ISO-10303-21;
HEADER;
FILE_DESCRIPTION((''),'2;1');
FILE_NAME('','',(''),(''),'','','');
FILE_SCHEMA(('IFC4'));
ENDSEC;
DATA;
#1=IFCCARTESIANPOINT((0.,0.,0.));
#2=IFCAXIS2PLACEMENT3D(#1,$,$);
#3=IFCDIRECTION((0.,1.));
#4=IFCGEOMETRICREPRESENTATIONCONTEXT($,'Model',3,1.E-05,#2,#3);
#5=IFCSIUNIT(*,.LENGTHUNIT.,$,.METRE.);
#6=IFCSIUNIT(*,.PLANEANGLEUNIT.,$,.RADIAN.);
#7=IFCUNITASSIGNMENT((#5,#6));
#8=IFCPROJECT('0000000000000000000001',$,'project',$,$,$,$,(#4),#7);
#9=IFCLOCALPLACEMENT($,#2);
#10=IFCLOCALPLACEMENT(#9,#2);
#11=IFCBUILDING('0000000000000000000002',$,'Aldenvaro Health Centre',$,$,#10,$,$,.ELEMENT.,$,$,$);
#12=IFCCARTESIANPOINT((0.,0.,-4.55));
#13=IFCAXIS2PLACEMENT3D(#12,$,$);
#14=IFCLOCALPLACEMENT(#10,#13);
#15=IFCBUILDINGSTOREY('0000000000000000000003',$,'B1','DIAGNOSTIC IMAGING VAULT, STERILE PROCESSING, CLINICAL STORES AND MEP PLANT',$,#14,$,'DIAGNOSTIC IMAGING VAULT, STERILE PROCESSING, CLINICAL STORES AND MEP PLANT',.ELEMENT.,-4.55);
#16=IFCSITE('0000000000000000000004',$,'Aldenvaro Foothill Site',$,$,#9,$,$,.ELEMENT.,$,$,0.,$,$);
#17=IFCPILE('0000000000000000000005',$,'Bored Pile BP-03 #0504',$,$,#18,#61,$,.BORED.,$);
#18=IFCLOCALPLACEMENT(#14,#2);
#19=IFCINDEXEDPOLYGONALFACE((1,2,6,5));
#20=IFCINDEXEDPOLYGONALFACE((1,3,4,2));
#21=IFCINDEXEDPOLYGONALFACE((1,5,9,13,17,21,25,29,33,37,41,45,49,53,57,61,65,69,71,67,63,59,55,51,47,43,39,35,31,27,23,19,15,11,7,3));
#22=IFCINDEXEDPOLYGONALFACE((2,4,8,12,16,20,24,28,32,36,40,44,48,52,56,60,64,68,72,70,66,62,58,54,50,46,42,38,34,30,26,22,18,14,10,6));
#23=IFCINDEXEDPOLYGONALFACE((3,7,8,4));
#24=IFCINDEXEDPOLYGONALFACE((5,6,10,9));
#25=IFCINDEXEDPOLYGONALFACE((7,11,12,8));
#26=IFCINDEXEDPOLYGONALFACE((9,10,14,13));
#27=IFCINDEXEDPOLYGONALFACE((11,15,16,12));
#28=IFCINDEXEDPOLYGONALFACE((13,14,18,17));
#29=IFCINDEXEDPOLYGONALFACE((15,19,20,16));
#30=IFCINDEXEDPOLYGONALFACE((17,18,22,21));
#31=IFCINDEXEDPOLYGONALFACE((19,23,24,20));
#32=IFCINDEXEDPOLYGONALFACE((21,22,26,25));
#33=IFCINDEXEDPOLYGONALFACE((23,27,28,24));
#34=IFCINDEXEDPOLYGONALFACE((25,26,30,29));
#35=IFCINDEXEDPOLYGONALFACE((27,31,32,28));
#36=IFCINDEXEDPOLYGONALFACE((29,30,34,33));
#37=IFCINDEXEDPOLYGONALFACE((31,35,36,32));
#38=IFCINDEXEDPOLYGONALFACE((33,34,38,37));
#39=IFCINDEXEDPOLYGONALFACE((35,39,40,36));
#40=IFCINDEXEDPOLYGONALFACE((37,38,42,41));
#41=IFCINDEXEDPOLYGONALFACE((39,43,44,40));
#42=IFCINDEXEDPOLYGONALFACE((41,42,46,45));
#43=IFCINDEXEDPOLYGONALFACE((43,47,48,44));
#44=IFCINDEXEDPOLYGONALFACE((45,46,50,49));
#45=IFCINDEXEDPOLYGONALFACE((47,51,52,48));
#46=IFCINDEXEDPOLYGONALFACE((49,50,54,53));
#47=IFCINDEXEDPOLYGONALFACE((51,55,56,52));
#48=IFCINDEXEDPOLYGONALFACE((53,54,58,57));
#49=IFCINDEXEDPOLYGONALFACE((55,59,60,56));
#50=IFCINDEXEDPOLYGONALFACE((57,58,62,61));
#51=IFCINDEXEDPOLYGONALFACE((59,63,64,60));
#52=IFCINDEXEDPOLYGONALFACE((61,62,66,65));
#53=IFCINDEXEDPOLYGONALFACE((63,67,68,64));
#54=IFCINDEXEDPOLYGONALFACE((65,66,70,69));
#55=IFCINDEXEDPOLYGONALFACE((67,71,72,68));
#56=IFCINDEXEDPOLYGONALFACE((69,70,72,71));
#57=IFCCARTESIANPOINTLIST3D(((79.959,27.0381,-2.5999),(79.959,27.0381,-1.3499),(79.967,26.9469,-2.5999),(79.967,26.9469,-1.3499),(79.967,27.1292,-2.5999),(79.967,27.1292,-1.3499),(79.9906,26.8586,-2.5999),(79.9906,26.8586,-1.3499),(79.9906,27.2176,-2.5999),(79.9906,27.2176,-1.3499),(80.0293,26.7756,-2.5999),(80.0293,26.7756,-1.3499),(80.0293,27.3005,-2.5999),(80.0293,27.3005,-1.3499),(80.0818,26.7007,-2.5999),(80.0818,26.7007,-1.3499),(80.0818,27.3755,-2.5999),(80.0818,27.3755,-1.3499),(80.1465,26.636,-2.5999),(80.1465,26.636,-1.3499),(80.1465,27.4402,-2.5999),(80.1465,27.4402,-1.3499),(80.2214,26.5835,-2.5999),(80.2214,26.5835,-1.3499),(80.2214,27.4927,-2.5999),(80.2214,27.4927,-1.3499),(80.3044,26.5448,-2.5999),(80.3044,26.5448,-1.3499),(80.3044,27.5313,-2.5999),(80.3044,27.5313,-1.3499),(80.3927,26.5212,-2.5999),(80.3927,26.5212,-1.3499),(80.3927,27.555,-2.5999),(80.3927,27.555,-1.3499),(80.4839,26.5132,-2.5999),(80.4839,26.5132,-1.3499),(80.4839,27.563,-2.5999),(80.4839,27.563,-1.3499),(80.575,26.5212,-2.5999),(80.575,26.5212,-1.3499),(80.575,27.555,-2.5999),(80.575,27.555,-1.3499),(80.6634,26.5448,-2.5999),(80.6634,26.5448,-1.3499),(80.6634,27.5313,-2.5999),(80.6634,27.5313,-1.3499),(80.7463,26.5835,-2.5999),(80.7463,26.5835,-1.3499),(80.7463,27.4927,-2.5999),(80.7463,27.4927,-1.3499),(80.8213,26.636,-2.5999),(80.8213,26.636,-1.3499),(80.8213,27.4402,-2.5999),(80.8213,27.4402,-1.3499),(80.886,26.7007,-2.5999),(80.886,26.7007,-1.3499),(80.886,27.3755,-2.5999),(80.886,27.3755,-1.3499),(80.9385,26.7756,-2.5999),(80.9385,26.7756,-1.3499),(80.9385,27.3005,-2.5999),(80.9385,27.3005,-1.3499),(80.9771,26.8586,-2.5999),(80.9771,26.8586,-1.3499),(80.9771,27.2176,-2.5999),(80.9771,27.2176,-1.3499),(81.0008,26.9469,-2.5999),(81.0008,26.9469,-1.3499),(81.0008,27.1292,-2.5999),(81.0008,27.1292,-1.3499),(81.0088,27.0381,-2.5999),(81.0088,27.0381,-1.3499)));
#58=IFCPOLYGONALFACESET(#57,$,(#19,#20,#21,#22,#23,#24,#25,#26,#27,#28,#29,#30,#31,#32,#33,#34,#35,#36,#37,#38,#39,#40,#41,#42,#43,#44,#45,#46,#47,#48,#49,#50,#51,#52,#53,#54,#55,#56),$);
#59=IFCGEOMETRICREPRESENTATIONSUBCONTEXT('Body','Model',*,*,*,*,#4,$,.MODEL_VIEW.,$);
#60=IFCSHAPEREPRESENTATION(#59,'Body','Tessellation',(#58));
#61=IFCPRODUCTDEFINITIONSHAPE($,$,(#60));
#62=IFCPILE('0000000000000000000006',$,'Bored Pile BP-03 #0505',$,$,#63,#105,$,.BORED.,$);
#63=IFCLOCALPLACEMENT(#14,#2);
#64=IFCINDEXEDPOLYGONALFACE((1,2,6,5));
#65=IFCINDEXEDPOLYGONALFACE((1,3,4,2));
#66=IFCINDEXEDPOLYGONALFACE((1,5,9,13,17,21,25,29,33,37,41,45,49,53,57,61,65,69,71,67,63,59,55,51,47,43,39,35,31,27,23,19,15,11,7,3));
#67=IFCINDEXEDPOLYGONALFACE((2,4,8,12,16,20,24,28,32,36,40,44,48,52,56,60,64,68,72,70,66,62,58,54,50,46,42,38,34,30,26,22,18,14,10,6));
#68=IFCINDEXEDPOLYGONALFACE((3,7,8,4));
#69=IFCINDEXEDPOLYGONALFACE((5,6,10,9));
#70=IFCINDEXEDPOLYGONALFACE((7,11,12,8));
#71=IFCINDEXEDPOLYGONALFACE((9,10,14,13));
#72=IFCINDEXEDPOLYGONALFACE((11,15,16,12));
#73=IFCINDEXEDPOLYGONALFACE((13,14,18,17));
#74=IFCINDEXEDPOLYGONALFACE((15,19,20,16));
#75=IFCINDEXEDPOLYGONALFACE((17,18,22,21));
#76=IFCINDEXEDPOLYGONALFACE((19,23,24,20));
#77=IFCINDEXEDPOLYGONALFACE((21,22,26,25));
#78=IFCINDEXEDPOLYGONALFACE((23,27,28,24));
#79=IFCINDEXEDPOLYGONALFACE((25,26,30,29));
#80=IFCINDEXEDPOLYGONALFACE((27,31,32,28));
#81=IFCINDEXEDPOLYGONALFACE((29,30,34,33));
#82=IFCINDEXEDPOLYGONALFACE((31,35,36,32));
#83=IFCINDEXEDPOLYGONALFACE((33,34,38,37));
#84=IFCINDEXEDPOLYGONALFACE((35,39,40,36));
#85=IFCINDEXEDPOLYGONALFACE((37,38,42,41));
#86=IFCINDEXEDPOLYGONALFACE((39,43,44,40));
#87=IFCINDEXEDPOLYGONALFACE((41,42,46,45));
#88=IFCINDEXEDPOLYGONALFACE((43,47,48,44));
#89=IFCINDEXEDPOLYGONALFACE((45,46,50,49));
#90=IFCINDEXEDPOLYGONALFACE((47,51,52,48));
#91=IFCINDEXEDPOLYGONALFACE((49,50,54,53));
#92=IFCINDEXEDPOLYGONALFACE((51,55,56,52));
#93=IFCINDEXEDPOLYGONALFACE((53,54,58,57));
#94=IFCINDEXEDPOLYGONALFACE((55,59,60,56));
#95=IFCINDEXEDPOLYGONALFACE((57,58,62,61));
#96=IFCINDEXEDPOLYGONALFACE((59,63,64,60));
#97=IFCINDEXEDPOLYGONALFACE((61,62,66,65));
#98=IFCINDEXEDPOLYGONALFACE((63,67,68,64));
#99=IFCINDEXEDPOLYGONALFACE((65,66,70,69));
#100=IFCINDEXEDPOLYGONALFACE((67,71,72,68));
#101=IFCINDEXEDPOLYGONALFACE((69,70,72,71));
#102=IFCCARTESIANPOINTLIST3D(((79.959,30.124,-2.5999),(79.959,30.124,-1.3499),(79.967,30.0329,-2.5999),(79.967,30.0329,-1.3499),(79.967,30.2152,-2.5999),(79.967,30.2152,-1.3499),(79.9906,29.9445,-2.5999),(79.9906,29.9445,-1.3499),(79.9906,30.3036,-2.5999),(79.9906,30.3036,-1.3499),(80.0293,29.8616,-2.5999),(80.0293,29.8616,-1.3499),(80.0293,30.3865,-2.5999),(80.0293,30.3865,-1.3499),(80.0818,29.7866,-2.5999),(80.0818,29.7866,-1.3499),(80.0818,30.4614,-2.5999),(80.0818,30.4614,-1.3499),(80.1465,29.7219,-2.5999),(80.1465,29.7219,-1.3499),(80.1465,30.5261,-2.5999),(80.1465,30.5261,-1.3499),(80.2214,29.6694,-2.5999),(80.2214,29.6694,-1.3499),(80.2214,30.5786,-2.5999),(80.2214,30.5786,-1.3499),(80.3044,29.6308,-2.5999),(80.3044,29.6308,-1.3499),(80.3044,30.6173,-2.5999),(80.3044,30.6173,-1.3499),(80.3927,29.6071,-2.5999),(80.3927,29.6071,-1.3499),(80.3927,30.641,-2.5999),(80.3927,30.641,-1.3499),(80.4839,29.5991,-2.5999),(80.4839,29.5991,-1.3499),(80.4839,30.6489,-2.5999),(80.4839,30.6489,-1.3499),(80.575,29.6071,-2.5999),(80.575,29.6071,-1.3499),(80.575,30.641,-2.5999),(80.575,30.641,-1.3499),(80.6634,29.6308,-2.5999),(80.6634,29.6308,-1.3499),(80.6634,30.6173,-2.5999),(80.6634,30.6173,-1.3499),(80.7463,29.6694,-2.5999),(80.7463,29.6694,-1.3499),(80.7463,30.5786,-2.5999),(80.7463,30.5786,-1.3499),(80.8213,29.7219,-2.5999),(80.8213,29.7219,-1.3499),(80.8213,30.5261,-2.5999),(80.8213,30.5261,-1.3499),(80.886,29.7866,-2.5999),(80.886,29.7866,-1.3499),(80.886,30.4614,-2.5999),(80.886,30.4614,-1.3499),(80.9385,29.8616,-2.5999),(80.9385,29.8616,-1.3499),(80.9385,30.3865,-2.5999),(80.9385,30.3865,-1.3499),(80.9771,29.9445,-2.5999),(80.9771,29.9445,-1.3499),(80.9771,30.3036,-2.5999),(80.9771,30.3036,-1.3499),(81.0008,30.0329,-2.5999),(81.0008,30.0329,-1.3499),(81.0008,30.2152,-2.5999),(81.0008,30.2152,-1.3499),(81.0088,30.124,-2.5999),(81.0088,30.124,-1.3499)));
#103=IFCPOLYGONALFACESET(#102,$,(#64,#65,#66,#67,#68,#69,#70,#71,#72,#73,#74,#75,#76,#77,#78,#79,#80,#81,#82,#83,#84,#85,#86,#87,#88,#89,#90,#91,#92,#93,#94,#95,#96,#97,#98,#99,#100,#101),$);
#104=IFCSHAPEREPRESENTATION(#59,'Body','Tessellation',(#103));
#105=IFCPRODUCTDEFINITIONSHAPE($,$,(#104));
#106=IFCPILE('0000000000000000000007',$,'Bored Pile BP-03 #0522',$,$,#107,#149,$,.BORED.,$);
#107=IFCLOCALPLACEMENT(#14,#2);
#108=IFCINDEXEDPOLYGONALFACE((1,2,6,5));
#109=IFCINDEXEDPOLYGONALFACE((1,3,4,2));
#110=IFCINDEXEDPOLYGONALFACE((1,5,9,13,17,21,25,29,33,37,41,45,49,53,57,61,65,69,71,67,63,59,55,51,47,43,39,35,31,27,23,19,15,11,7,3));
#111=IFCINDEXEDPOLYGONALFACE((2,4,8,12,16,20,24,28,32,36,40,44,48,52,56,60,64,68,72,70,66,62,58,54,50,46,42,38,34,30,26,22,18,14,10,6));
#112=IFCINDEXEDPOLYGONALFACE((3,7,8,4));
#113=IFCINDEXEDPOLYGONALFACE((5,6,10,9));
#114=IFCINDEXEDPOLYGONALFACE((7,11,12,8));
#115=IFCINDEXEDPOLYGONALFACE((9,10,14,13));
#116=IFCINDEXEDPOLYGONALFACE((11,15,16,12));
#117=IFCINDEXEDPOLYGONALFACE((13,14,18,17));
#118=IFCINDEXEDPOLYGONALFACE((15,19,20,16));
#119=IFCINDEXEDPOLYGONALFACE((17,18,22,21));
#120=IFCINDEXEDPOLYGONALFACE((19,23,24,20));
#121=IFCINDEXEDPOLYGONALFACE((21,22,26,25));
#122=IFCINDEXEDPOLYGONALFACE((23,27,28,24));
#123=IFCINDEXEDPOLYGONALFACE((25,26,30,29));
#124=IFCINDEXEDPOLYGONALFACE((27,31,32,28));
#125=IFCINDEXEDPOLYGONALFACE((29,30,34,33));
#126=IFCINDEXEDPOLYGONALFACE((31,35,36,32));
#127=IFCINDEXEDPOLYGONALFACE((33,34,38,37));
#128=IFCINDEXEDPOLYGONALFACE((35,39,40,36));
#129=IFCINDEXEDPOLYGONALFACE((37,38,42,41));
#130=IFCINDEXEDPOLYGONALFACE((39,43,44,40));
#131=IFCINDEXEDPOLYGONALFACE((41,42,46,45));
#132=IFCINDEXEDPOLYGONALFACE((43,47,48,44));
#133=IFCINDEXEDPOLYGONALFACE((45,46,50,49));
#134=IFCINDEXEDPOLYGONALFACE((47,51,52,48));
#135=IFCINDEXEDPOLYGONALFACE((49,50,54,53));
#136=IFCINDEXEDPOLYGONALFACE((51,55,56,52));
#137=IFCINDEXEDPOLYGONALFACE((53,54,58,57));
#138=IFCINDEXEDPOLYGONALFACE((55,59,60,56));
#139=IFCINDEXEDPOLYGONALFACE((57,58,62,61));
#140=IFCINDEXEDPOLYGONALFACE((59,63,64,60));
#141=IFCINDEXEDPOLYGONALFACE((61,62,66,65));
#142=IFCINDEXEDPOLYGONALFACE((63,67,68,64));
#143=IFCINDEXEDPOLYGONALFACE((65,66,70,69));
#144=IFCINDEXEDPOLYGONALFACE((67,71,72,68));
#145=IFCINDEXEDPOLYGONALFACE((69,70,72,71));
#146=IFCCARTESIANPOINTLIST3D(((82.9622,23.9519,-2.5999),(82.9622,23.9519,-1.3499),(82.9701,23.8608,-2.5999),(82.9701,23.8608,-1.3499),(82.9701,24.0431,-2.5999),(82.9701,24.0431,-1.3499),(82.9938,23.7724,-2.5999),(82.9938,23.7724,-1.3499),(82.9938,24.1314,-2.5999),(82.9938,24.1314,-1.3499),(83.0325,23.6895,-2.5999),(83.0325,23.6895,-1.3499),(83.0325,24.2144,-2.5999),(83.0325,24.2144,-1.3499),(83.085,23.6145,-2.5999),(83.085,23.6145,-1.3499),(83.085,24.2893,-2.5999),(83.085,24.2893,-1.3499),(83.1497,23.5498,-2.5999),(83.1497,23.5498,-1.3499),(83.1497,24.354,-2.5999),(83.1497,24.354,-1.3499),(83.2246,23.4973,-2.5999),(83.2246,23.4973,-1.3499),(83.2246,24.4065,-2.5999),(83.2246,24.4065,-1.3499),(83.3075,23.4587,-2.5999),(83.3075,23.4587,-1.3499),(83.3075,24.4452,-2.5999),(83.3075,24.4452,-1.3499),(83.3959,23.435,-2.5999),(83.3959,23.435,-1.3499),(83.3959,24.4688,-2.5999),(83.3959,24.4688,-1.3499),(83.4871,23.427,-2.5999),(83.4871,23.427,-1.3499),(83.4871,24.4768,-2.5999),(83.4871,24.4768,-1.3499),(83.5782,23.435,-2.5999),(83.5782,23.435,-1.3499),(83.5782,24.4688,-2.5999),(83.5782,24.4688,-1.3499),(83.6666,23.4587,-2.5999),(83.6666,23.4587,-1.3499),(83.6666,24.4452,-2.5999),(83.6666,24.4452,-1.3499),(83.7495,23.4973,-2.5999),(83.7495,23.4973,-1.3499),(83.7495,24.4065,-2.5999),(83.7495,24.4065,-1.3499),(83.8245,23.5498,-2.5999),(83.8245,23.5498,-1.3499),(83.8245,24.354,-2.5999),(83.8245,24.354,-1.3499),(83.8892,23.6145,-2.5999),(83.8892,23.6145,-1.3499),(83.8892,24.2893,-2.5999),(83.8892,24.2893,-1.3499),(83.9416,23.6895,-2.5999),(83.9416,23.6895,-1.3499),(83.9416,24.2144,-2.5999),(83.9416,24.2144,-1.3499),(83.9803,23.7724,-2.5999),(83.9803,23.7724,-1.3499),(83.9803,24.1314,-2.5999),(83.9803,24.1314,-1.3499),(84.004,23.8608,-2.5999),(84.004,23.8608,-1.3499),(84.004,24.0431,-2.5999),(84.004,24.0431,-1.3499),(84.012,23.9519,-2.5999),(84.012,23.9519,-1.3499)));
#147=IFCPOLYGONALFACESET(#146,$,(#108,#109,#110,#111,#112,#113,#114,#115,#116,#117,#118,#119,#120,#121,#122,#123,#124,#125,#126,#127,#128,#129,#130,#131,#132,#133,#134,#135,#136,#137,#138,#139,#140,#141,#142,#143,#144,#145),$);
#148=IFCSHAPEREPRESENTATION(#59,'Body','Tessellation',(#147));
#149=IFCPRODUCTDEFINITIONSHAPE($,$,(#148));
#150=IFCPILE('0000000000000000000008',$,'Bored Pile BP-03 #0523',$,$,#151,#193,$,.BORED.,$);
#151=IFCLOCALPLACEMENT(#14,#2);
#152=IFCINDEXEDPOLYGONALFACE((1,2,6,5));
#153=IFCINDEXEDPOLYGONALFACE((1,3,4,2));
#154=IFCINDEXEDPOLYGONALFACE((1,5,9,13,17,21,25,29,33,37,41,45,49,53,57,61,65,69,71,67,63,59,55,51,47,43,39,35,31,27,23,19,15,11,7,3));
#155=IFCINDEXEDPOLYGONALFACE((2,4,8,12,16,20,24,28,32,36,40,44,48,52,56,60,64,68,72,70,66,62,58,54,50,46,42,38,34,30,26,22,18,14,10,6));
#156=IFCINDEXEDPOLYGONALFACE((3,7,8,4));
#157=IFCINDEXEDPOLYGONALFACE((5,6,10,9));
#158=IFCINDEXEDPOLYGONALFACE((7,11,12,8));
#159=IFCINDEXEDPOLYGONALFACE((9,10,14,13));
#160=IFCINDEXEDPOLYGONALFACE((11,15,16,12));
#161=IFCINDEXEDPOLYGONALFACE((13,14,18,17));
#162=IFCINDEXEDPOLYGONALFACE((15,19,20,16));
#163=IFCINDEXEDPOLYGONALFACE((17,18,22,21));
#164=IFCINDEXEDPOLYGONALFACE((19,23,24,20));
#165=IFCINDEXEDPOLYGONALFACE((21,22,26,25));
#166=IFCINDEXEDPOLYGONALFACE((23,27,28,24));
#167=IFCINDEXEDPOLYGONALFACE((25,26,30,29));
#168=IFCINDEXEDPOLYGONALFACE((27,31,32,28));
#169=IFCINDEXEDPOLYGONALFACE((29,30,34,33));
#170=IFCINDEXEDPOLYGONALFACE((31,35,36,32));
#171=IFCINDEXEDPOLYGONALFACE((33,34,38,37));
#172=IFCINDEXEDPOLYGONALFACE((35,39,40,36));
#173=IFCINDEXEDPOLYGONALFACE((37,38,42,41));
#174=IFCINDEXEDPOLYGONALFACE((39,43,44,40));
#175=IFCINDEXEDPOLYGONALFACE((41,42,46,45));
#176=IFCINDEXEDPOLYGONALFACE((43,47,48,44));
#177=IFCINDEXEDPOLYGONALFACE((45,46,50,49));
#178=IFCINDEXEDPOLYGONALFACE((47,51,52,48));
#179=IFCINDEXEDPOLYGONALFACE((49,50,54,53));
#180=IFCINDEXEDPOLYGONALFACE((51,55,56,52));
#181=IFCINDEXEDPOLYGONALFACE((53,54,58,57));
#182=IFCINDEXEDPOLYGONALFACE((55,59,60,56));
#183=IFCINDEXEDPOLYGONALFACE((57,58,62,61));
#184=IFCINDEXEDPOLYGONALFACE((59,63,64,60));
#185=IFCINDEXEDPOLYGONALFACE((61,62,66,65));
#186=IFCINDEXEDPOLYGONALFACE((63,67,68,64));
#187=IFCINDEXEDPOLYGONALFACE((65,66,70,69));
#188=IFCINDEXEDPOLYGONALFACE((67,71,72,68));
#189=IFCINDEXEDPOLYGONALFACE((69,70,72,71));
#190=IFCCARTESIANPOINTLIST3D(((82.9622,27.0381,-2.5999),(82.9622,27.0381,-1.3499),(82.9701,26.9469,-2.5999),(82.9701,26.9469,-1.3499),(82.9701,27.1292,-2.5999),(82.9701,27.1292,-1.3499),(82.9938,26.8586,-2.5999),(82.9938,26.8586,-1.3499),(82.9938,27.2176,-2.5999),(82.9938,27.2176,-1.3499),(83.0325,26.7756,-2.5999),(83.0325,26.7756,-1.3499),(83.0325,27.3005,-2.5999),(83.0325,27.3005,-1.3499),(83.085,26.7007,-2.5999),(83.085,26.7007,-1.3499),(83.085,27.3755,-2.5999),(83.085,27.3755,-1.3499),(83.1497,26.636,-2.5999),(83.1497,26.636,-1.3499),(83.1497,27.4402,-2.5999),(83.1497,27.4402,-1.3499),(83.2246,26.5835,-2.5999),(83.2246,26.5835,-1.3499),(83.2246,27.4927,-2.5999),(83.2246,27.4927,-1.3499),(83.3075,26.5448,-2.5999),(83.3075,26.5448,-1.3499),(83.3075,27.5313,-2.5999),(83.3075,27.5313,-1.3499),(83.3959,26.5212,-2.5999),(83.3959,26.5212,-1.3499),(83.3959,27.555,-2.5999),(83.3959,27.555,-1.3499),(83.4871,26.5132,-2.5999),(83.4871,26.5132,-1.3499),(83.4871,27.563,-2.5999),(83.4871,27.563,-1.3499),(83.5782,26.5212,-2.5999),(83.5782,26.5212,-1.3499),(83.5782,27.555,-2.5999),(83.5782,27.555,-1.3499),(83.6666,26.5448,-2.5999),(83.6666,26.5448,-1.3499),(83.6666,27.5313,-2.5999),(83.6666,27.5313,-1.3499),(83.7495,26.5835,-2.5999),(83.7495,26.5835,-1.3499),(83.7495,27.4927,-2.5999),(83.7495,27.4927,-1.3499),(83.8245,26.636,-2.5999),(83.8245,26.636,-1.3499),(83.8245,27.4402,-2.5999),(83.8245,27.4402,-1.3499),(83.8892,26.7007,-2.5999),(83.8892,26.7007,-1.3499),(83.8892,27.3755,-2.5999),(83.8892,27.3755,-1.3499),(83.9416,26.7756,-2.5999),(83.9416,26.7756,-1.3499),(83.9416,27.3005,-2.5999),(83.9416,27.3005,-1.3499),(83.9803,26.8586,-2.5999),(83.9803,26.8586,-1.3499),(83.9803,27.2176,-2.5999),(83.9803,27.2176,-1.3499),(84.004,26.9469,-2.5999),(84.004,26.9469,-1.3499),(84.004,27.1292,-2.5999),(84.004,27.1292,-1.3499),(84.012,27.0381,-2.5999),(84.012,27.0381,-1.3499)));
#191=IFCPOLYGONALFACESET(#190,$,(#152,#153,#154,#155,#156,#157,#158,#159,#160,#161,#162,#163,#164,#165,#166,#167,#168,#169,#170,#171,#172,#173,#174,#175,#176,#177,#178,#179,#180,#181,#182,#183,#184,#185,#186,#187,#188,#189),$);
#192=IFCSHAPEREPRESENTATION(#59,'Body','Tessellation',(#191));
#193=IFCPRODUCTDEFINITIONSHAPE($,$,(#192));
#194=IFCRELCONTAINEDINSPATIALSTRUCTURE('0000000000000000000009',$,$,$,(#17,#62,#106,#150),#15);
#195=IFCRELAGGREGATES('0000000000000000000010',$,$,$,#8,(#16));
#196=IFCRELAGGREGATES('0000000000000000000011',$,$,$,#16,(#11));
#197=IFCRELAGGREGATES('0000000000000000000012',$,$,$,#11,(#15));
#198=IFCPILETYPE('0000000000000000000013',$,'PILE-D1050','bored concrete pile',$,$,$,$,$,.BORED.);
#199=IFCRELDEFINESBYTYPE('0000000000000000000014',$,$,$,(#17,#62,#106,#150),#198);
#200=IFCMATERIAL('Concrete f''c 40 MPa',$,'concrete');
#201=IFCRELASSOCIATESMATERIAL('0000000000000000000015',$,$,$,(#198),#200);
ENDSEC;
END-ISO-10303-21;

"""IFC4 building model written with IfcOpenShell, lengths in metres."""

from ifc_helpers import new_model, si_unit, direction, frame, origin, origin_2d, place, context, subcontext, project, spatial, circle, extrude, material, material_profile, profile_set, type_object, element, save


model = new_model("IFC4")

# Units and contexts
model_context = context("Model", 3, precision=1e-05, world=origin(), true_north=direction((0.0, 1.0)))
body_context = subcontext(model_context, "Body", "Model", "MODEL_VIEW")
ifc_project = project(units=[si_unit("LENGTHUNIT", "METRE"), si_unit("PLANEANGLEUNIT", "RADIAN")], contexts=[model_context])

# Site, building, storey
site_placement = place(None, origin())
site = spatial("IfcSite", under=ifc_project, at=site_placement, Name="Aldenvaro Foothill Site", CompositionType="ELEMENT", RefElevation=0.0)
building_placement = place(site_placement, origin())
building = spatial("IfcBuilding", under=site, at=building_placement, Name="Aldenvaro Health Centre", CompositionType="ELEMENT")
storey_placement = place(building_placement, frame((0.0, 0.0, -4.55)))
storey = spatial("IfcBuildingStorey", under=building, at=storey_placement, Name="B1", Description="DIAGNOSTIC IMAGING VAULT, STERILE PROCESSING, CLINICAL STORES AND MEP PLANT", LongName="DIAGNOSTIC IMAGING VAULT, STERILE PROCESSING, CLINICAL STORES AND MEP PLANT", CompositionType="ELEMENT", Elevation=-4.55)

# Piles
ifc_material_1 = material(Name="Concrete f'c 40 MPa", Category="concrete")
ifc_material_profile_1 = material_profile(ifc_material_1, circle(Radius=0.5249, at=origin_2d()), Name="PILE D1050", Category="concrete")
ifc_profile_set_1 = profile_set([ifc_material_profile_1], Name="Concrete f'c 40 MPa")
pile_type = type_object("IfcPileType", Name="PILE-D1050", Description="bored concrete pile", PredefinedType="BORED", material=ifc_profile_set_1)
for number, where, z_axis, x_axis, name in (
    (1, (80.4839, 27.0381, -1.3499), (0.0, 0.0, -1.0), (1.0, 0.0, 0.0), "Bored Pile BP-03 #0504"),
    (2, (80.4839, 30.124, -1.3499), (0.0, 0.0, -1.0), (1.0, 0.0, 0.0), "Bored Pile BP-03 #0505"),
    (3, (83.4871, 23.9519, -1.3499), (0.0, 0.0, -1.0), (1.0, 0.0, 0.0), "Bored Pile BP-03 #0522"),
    (4, (83.4871, 27.0381, -1.3499), (0.0, 0.0, -1.0), (1.0, 0.0, 0.0), "Bored Pile BP-03 #0523"),
):
    element("IfcPile", number, at=place(storey_placement, frame(where, z_axis=z_axis, x_axis=x_axis)), inside=storey, type_object=pile_type, Name=name, PredefinedType="BORED", context=body_context, shape_type="SweptSolid", body=[
        extrude(circle(Radius=0.5249, at=origin_2d()), origin(), (0.0, 0.0, 1.0), 1.25),
    ])

save(model, "model.ifc")
